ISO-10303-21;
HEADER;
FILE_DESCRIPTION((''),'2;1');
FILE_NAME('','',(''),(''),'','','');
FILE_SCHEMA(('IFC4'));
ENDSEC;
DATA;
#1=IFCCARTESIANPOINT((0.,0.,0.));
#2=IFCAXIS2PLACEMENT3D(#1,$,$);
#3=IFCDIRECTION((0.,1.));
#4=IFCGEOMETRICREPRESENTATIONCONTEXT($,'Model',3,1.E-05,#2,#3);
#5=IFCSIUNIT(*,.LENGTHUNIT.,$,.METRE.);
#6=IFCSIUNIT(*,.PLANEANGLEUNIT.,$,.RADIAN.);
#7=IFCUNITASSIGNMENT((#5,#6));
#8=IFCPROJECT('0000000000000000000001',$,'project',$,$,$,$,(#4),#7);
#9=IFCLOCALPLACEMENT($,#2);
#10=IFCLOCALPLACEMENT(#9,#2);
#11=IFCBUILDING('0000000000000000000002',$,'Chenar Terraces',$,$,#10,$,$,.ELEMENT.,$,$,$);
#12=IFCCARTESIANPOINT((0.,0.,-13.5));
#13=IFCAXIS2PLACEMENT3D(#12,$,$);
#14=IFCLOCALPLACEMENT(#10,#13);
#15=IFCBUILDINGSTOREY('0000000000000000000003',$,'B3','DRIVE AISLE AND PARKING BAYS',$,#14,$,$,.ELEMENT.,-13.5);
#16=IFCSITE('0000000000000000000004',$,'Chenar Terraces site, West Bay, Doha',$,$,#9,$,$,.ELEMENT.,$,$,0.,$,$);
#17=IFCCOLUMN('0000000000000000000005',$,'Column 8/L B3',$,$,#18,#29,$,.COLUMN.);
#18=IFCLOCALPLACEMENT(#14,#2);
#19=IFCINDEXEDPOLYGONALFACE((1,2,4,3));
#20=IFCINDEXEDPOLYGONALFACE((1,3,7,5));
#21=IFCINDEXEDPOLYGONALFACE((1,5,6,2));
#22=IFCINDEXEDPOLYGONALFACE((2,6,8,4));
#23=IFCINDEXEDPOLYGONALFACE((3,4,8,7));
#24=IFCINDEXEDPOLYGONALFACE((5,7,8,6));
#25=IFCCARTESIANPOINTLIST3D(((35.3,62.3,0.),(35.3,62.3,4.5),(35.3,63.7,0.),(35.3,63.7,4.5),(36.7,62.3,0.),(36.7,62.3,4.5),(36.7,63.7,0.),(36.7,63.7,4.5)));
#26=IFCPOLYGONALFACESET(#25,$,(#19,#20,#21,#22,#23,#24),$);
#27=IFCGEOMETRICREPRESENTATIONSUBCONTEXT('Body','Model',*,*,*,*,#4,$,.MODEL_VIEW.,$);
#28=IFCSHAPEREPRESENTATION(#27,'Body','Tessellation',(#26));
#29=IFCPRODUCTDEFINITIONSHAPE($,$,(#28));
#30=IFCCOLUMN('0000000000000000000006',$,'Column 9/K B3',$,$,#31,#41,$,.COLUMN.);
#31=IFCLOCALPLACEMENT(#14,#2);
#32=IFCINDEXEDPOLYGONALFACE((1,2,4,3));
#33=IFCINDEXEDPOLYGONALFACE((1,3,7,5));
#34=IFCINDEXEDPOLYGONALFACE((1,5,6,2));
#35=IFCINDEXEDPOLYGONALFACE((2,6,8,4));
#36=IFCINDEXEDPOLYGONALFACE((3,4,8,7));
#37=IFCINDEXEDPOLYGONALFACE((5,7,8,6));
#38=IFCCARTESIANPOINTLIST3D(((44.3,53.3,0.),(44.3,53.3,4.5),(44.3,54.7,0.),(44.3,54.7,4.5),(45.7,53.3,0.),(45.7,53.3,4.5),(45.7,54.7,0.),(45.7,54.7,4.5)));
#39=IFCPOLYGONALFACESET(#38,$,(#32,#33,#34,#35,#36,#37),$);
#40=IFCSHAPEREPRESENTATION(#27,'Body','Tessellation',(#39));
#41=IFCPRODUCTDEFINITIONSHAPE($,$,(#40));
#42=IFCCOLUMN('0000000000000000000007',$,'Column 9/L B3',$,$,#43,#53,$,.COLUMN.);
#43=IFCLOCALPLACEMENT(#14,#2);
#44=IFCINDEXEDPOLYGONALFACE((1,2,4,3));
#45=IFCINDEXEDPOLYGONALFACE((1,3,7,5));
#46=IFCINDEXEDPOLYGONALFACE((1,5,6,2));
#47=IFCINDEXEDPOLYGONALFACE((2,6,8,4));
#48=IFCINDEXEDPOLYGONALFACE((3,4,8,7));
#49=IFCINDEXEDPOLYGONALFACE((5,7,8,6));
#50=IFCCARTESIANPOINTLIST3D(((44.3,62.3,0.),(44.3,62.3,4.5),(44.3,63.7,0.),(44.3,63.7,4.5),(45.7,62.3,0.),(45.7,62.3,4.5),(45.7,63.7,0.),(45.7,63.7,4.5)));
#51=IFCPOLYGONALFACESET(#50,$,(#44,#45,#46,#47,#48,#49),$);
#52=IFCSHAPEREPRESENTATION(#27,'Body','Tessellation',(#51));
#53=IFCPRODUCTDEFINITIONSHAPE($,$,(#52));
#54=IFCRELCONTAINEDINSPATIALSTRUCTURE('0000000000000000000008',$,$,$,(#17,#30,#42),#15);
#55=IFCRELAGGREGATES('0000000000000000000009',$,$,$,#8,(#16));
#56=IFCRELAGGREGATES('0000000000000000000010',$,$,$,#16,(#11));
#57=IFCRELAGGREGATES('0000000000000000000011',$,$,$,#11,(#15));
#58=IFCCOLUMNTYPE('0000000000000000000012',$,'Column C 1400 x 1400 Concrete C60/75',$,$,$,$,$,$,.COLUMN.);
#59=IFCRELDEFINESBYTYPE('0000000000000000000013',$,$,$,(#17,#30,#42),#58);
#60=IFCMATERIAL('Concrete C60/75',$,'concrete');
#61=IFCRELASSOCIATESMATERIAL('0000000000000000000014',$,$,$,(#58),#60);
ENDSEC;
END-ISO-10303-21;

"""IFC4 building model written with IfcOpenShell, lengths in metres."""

from ifc_helpers import new_model, si_unit, direction, frame, origin, origin_2d, place, context, subcontext, project, spatial, rectangle, extrude, material, material_profile, profile_set, type_object, element, save


model = new_model("IFC4")

# Units and contexts
model_context = context("Model", 3, precision=1e-05, world=origin(), true_north=direction((0.0, 1.0)))
body_context = subcontext(model_context, "Body", "Model", "MODEL_VIEW")
ifc_project = project(units=[si_unit("LENGTHUNIT", "METRE"), si_unit("PLANEANGLEUNIT", "RADIAN")], contexts=[model_context])

# Site, building, storey
site_placement = place(None, origin())
site = spatial("IfcSite", under=ifc_project, at=site_placement, Name="Chenar Terraces site, West Bay, Doha", CompositionType="ELEMENT", RefElevation=0.0)
building_placement = place(site_placement, origin())
building = spatial("IfcBuilding", under=site, at=building_placement, Name="Chenar Terraces", CompositionType="ELEMENT")
storey_placement = place(building_placement, frame((0.0, 0.0, -13.5)))
storey = spatial("IfcBuildingStorey", under=building, at=storey_placement, Name="B3", Description="DRIVE AISLE AND PARKING BAYS", CompositionType="ELEMENT", Elevation=-13.5)

# Columns
ifc_material_1 = material(Name="Concrete C60/75", Category="concrete")
ifc_material_profile_1 = material_profile(ifc_material_1, rectangle(XDim=1.3999, YDim=1.3999, at=origin_2d()), Name="C 1400 x 1400")
ifc_profile_set_1 = profile_set([ifc_material_profile_1], Name="Concrete C60/75")
column_type = type_object("IfcColumnType", Name="Column C 1400 x 1400 Concrete C60/75", PredefinedType="COLUMN", material=ifc_profile_set_1)
for number, where, z_axis, x_axis, name in (
    (1, (36.0, 63.0, 0.0), (0.0, 0.0, 1.0), (1.0, 0.0, 0.0), "Column 8/L B3"),
    (2, (45.0, 54.0, 0.0), (0.0, 0.0, 1.0), (1.0, 0.0, 0.0), "Column 9/K B3"),
    (3, (45.0, 63.0, 0.0), (0.0, 0.0, 1.0), (1.0, 0.0, 0.0), "Column 9/L B3"),
):
    element("IfcColumn", number, at=place(storey_placement, frame(where, z_axis=z_axis, x_axis=x_axis)), inside=storey, type_object=column_type, Name=name, PredefinedType="COLUMN", context=body_context, shape_type="SweptSolid", body=[
        extrude(rectangle(XDim=1.3999, YDim=1.3999, at=origin_2d()), origin(), (0.0, 0.0, 1.0), 4.5),
    ])

save(model, "model.ifc")
